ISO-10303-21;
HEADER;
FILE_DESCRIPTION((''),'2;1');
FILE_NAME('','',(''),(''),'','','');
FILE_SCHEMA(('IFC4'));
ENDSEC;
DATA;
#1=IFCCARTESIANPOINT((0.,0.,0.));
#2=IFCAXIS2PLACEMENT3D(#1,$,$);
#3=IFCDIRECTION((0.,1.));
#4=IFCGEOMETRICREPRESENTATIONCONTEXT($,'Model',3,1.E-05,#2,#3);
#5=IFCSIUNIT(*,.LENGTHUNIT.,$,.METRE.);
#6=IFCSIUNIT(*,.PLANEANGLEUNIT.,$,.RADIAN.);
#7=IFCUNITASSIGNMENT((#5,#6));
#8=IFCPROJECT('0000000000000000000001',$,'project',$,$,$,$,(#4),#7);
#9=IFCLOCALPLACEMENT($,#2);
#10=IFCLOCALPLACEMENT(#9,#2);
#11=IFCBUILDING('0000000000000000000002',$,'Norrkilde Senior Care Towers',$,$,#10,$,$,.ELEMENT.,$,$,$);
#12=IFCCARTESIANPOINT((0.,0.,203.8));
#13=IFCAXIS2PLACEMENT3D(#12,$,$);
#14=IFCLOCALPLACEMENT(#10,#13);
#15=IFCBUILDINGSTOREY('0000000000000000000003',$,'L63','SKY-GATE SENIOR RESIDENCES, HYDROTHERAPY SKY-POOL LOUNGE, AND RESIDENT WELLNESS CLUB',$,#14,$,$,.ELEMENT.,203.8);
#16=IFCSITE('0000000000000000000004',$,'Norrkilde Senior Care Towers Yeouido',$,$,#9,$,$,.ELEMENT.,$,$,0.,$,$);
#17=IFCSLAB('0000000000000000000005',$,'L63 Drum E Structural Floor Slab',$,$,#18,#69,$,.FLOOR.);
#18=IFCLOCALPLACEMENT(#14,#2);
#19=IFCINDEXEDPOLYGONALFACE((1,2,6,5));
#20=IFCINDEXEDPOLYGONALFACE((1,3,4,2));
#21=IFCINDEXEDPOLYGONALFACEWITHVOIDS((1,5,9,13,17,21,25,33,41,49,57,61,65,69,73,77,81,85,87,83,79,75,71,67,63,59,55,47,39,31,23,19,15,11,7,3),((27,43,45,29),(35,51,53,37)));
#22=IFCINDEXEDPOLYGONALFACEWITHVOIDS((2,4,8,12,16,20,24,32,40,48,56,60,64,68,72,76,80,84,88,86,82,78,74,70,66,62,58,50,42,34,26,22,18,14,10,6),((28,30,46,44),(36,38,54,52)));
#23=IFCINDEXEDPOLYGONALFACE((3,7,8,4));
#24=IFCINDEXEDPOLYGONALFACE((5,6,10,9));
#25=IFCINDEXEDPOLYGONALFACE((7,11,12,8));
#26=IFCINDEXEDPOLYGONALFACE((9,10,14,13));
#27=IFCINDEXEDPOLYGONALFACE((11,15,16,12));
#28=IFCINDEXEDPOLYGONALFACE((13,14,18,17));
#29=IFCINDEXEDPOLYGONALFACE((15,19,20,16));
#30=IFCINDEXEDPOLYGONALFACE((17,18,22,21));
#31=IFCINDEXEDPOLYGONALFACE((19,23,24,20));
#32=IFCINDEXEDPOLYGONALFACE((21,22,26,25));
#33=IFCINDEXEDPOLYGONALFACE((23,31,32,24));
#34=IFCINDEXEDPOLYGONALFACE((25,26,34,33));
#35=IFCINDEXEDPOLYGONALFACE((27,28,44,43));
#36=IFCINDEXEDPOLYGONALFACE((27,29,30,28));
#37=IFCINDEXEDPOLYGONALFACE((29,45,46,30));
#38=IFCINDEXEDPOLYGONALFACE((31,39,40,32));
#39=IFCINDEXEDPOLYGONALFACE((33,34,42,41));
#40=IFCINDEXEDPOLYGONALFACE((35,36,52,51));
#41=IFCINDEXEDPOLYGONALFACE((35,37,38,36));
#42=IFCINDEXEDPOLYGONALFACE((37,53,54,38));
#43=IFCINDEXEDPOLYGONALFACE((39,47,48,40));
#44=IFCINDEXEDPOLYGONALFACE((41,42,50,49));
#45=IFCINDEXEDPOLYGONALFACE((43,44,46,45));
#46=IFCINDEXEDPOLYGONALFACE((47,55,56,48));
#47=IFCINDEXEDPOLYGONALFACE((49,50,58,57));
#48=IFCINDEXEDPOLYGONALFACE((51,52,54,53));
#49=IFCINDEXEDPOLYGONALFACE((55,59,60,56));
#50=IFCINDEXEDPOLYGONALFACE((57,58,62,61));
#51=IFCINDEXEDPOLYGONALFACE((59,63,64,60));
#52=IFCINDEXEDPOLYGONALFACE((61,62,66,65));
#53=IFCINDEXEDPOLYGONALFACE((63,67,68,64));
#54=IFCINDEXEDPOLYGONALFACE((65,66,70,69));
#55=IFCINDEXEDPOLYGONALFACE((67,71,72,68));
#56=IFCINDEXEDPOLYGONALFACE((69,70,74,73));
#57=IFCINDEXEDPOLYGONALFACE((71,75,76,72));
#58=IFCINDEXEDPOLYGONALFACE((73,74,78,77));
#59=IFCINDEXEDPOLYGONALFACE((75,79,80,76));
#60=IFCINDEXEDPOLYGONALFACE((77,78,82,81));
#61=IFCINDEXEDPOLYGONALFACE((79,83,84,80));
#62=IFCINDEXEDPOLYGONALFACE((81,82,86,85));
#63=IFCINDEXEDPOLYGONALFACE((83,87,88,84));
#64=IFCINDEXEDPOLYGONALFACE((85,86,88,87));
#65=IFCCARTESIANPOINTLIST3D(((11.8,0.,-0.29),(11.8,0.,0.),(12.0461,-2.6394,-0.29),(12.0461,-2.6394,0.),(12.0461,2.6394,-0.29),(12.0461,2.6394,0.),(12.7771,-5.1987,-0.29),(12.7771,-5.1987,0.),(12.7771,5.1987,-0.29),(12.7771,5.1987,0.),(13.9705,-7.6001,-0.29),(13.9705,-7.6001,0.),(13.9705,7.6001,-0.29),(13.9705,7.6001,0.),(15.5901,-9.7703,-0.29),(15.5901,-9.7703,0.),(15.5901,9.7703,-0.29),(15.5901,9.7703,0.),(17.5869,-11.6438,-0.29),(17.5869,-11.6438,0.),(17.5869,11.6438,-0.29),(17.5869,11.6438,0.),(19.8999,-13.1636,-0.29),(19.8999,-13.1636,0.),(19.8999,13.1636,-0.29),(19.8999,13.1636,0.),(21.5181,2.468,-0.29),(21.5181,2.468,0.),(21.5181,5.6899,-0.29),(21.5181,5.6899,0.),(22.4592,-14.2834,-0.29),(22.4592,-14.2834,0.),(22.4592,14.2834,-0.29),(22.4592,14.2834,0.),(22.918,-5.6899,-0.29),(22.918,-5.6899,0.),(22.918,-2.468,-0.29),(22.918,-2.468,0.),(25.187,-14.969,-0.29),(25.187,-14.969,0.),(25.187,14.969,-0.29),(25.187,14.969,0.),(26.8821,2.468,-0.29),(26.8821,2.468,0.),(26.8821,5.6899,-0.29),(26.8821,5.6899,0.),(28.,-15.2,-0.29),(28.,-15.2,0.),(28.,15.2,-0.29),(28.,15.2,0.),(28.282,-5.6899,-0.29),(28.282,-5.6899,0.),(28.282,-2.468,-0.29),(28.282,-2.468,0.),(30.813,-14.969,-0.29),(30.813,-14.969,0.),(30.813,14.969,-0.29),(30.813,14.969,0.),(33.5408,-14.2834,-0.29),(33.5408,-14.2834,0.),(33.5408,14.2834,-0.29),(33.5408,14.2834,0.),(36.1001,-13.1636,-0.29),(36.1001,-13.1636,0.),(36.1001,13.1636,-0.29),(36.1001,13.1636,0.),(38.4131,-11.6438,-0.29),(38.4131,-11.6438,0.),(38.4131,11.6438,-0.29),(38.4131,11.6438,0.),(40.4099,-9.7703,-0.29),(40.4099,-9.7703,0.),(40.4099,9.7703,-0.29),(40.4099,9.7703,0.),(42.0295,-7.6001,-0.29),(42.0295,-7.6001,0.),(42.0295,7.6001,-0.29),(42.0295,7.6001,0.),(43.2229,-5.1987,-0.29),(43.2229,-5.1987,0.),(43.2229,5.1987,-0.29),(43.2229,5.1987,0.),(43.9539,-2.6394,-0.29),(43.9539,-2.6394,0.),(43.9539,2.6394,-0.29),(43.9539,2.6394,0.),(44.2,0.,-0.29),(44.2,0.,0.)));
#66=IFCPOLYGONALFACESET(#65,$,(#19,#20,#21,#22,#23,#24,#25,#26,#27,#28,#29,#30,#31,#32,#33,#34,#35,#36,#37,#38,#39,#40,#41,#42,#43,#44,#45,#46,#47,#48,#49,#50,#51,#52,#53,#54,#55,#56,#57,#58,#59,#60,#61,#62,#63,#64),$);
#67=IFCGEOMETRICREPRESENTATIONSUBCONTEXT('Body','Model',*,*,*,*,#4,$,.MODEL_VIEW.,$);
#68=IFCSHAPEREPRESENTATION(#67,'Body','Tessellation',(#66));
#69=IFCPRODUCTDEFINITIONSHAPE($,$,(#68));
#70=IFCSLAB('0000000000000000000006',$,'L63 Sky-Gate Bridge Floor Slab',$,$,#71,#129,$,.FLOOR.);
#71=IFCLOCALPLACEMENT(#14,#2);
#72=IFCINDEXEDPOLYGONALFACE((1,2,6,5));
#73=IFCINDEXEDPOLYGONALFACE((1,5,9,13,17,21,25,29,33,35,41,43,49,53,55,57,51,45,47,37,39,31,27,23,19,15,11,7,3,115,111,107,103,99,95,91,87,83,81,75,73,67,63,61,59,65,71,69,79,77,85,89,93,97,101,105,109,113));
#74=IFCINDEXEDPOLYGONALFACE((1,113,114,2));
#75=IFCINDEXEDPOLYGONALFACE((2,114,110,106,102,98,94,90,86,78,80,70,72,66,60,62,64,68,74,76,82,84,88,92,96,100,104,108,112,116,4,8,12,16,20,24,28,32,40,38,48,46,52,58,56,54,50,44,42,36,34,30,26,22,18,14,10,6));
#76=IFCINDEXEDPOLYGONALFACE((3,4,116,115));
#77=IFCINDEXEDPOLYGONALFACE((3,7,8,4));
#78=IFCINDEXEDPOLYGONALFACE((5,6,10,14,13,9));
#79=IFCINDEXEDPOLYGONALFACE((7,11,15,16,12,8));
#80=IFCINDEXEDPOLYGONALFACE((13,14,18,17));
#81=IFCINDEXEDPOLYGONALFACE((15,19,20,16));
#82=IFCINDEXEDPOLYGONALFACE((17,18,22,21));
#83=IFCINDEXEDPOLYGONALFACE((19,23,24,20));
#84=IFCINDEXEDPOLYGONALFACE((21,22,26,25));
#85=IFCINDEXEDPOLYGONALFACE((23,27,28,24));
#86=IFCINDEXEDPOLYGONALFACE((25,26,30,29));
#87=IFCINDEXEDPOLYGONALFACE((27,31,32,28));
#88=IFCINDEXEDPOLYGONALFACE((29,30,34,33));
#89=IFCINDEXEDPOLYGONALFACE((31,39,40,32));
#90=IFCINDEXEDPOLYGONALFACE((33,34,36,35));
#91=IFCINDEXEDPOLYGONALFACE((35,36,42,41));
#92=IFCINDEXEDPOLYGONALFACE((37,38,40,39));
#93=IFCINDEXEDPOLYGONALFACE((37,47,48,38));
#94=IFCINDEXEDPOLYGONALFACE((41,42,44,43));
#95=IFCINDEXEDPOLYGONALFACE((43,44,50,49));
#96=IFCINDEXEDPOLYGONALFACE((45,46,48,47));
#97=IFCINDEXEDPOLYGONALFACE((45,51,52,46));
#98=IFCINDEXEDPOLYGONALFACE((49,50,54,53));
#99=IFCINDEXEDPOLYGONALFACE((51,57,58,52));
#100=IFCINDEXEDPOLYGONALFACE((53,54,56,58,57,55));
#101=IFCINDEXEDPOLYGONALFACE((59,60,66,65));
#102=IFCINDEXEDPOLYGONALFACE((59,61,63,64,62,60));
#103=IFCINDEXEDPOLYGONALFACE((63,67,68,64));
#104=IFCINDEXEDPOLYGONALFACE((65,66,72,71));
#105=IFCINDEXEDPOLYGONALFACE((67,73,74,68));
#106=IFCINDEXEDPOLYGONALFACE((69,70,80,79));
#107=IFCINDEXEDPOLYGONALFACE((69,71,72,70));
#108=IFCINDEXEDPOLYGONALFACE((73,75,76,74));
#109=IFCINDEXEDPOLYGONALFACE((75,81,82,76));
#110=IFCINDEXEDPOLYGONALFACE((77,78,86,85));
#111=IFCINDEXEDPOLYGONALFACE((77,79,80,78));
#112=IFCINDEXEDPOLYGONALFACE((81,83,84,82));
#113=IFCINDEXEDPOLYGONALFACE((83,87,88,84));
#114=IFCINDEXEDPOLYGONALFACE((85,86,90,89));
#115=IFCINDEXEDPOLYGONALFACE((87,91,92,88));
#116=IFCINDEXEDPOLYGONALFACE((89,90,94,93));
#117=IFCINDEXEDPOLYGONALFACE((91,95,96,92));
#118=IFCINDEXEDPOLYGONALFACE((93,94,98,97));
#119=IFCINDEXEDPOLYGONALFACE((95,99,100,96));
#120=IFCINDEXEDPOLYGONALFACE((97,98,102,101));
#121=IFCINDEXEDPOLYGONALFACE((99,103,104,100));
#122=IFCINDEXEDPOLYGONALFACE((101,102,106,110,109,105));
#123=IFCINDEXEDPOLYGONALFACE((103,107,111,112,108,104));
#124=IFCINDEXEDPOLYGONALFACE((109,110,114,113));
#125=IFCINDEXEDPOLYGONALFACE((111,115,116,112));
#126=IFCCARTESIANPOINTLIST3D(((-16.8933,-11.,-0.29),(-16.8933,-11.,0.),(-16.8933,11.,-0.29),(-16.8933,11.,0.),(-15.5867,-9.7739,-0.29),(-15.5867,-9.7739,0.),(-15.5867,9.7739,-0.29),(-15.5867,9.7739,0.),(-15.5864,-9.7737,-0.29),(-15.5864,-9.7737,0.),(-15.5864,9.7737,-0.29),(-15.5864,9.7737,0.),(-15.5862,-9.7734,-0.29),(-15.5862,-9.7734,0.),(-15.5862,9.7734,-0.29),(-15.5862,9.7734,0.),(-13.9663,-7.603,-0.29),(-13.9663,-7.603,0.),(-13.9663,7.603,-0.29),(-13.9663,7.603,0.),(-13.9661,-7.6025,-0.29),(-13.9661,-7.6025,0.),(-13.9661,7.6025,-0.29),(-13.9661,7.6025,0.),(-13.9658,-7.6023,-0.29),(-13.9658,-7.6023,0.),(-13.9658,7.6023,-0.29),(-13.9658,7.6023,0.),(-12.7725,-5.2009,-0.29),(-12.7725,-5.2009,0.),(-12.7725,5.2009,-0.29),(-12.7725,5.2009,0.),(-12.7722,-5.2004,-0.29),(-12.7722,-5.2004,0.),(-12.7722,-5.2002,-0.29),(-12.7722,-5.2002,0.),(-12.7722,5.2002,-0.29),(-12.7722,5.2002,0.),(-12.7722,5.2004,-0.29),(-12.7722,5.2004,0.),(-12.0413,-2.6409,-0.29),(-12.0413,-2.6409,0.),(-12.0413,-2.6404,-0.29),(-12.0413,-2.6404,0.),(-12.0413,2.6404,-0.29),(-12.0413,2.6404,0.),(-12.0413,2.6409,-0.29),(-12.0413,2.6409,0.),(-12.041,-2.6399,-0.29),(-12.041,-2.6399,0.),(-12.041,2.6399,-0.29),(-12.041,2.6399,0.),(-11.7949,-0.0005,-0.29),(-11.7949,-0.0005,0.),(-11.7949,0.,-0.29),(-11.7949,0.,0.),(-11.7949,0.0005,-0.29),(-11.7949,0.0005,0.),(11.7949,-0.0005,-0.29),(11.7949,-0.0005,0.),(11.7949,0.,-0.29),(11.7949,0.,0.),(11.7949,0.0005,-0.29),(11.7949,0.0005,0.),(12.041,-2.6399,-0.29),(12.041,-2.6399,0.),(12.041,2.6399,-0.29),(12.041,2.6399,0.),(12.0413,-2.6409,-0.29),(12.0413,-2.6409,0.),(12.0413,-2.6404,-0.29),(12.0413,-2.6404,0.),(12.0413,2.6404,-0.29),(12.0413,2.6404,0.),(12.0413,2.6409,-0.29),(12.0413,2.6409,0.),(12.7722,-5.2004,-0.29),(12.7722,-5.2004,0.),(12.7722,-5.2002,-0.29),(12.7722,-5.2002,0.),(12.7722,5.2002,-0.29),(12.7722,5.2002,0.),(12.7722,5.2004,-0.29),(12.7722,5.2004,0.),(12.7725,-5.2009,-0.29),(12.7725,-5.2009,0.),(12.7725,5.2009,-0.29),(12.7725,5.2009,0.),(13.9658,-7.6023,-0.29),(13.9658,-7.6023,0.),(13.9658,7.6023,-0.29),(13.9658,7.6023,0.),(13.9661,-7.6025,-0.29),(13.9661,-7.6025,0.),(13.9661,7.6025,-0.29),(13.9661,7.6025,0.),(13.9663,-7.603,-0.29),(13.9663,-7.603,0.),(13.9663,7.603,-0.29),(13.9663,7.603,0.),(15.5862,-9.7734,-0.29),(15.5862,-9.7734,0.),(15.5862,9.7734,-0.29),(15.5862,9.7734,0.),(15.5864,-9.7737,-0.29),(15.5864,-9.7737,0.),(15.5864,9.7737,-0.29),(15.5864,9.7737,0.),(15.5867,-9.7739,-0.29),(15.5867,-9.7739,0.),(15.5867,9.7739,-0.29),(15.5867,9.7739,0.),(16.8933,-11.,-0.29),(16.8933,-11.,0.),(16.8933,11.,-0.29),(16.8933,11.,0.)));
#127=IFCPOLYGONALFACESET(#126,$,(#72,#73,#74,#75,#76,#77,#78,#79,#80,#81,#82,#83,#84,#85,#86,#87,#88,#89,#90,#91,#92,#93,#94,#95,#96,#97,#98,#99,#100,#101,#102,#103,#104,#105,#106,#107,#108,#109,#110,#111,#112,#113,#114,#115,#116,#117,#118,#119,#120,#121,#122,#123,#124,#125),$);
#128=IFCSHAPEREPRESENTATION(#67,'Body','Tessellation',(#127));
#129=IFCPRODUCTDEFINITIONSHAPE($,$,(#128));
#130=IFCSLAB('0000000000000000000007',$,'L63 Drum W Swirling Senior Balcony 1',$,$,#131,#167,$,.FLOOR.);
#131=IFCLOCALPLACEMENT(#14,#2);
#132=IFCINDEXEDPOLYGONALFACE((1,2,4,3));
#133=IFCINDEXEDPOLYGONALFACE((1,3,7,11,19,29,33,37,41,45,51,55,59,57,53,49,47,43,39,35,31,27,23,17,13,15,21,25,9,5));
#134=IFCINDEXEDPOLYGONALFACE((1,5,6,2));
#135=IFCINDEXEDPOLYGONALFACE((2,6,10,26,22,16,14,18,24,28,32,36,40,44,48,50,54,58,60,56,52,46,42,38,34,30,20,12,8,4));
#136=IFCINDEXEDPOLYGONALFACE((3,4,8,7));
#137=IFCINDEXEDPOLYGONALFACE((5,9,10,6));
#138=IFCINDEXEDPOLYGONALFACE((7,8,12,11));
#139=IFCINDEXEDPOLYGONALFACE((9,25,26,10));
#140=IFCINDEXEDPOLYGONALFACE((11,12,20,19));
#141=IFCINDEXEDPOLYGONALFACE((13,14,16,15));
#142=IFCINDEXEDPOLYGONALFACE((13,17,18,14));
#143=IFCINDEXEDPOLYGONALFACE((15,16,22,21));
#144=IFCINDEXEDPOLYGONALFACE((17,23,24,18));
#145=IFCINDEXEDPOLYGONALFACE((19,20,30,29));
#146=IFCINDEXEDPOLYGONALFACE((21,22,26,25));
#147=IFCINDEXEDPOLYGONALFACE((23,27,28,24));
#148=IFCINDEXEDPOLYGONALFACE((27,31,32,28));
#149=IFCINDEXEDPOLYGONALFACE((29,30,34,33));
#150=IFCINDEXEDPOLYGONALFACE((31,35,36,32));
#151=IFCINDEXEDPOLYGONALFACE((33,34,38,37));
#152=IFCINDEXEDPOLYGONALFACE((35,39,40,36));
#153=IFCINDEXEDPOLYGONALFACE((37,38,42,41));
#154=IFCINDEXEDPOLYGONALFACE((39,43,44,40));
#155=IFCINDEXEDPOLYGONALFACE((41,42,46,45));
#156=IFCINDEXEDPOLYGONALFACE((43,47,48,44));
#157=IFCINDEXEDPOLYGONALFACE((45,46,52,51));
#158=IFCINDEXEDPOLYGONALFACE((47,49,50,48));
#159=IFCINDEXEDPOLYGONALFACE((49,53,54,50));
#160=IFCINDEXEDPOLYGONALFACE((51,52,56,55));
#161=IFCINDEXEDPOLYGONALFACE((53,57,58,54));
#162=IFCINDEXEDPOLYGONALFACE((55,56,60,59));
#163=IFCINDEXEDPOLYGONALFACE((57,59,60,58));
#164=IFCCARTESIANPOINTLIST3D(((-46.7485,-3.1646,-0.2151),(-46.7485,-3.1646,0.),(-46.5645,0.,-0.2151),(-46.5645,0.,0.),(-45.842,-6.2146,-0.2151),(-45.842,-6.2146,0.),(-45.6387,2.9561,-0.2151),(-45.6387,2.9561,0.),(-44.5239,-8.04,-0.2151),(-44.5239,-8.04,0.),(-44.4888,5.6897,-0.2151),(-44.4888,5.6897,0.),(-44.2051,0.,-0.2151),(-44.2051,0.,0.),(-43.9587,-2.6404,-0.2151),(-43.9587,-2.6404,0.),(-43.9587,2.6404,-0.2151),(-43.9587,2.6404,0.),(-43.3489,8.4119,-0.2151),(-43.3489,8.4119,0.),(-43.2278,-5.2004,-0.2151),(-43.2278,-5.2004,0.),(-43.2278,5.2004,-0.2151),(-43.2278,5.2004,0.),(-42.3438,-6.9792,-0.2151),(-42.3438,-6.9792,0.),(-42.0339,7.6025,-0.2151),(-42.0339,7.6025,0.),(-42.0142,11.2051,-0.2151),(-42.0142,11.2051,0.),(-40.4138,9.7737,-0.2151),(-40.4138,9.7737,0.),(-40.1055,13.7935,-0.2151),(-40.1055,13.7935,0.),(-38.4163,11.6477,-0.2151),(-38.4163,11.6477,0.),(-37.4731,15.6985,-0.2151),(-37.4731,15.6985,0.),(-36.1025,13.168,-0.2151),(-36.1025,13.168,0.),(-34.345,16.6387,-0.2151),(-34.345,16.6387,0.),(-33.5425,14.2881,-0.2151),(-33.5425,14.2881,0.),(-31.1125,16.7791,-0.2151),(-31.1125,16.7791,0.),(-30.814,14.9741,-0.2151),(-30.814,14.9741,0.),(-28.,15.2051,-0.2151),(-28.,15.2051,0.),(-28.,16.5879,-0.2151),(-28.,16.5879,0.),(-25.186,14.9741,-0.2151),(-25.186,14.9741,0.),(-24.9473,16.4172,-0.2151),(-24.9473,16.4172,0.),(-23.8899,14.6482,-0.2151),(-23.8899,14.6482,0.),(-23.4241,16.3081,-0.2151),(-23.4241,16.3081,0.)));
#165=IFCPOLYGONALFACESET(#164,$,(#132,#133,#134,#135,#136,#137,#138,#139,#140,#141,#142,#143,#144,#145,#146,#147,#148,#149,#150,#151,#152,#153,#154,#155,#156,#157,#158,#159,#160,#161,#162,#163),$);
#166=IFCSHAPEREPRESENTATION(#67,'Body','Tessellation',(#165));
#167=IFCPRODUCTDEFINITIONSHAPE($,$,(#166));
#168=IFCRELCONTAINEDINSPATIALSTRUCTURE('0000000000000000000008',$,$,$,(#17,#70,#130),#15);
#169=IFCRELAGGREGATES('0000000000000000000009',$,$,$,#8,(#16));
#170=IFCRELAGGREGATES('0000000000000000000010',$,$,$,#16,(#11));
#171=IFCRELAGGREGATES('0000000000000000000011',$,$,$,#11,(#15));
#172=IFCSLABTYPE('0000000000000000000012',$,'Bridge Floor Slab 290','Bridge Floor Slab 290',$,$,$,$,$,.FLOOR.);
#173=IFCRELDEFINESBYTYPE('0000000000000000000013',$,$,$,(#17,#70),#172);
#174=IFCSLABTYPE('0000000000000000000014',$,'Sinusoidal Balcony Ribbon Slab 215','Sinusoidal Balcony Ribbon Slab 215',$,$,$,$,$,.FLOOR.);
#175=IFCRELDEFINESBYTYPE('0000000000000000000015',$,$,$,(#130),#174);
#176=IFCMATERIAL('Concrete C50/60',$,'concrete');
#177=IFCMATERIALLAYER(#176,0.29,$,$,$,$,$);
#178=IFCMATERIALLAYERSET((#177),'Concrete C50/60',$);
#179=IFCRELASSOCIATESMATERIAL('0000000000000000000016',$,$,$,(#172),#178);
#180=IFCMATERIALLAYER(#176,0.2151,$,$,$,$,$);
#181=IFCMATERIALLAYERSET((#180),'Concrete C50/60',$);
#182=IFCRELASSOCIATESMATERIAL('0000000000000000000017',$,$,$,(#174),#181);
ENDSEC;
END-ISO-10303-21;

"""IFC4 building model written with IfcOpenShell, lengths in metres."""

from ifc_helpers import new_model, si_unit, direction, frame, origin, place, context, subcontext, project, spatial, polyline, outline, extrude, material, layer, layer_set, type_object, element, save


model = new_model("IFC4")

# Units and contexts
model_context = context("Model", 3, precision=1e-05, world=origin(), true_north=direction((0.0, 1.0)))
body_context = subcontext(model_context, "Body", "Model", "MODEL_VIEW")
ifc_project = project(units=[si_unit("LENGTHUNIT", "METRE"), si_unit("PLANEANGLEUNIT", "RADIAN")], contexts=[model_context])

# Site, building, storey
site_placement = place(None, origin())
site = spatial("IfcSite", under=ifc_project, at=site_placement, Name="Norrkilde Senior Care Towers Yeouido", CompositionType="ELEMENT", RefElevation=0.0)
building_placement = place(site_placement, origin())
building = spatial("IfcBuilding", under=site, at=building_placement, Name="Norrkilde Senior Care Towers", CompositionType="ELEMENT")
storey_placement = place(building_placement, frame((0.0, 0.0, 203.8)))
storey = spatial("IfcBuildingStorey", under=building, at=storey_placement, Name="L63", Description="SKY-GATE SENIOR RESIDENCES, HYDROTHERAPY SKY-POOL LOUNGE, AND RESIDENT WELLNESS CLUB", CompositionType="ELEMENT", Elevation=203.8)

# Slabs
ifc_material_1 = material(Name="Concrete C50/60", Category="concrete")
ifc_layer_1 = layer(ifc_material_1, 0.29)
ifc_layer_set_1 = layer_set([ifc_layer_1], Name="Concrete C50/60")
slab_type_1 = type_object("IfcSlabType", Name="Bridge Floor Slab 290", Description="Bridge Floor Slab 290", PredefinedType="FLOOR", material=ifc_layer_set_1)
slab_1_placement = place(storey_placement, frame((0.0, 0.0, -0.29)))
element("IfcSlab", 1, at=slab_1_placement, inside=storey, type_object=slab_type_1, Name="L63 Drum E Structural Floor Slab", PredefinedType="FLOOR", context=body_context, shape_type="SweptSolid", body=[
    extrude(outline(polyline([(43.2229, -5.1987), (42.0295, -7.6001), (40.4099, -9.7703), (38.4131, -11.6438), (36.1001, -13.1636), (33.5408, -14.2834), (30.813, -14.969), (28.0, -15.2), (25.187, -14.969), (22.4592, -14.2834), (19.8999, -13.1636), (17.5869, -11.6438), (15.5901, -9.7703), (13.9705, -7.6001), (12.7771, -5.1987), (12.0461, -2.6394), (11.8, 0.0), (12.0461, 2.6394), (12.7771, 5.1987), (13.9705, 7.6001), (15.5901, 9.7703), (17.5869, 11.6438), (19.8999, 13.1636), (22.4592, 14.2834), (25.187, 14.969), (28.0, 15.2), (30.813, 14.969), (33.5408, 14.2834), (36.1001, 13.1636), (38.4131, 11.6438), (40.4099, 9.7703), (42.0295, 7.6001), (43.2229, 5.1987), (43.9539, 2.6394), (44.2, 0.0), (43.9539, -2.6394), (43.2229, -5.1987)]), holes=[polyline([(21.5181, 2.468), (26.8821, 2.468), (26.8821, 5.6899), (21.5181, 5.6899), (21.5181, 2.468)]), polyline([(28.282, -5.6899), (28.282, -2.468), (22.918, -2.468), (22.918, -5.6899), (28.282, -5.6899)])]), origin(), (0.0, 0.0, 1.0), 0.29),
])
slab_2_placement = place(storey_placement, frame((0.0, 0.0, -0.29)))
element("IfcSlab", 2, at=slab_2_placement, inside=storey, type_object=slab_type_1, Name="L63 Sky-Gate Bridge Floor Slab", PredefinedType="FLOOR", context=body_context, shape_type="SweptSolid", body=[
    extrude(outline(polyline([(16.8933, 11.0), (15.5867, 9.7739), (15.5864, 9.7737), (15.5862, 9.7734), (13.9663, 7.603), (13.9661, 7.6025), (13.9658, 7.6023), (12.7725, 5.2009), (12.7722, 5.2004), (12.7722, 5.2002), (12.0413, 2.6409), (12.0413, 2.6404), (12.041, 2.6399), (11.7949, 0.0005), (11.7949, 0.0), (11.7949, -0.0005), (12.041, -2.6399), (12.0413, -2.6404), (12.0413, -2.6409), (12.7722, -5.2002), (12.7722, -5.2004), (12.7725, -5.2009), (13.9658, -7.6023), (13.9661, -7.6025), (13.9663, -7.603), (15.5862, -9.7734), (15.5864, -9.7737), (15.5867, -9.7739), (16.8933, -11.0), (-16.8933, -11.0), (-15.5867, -9.7739), (-15.5864, -9.7737), (-15.5862, -9.7734), (-13.9663, -7.603), (-13.9661, -7.6025), (-13.9658, -7.6023), (-12.7725, -5.2009), (-12.7722, -5.2004), (-12.7722, -5.2002), (-12.0413, -2.6409), (-12.0413, -2.6404), (-12.041, -2.6399), (-11.7949, -0.0005), (-11.7949, 0.0), (-11.7949, 0.0005), (-12.041, 2.6399), (-12.0413, 2.6404), (-12.0413, 2.6409), (-12.7722, 5.2002), (-12.7722, 5.2004), (-12.7725, 5.2009), (-13.9658, 7.6023), (-13.9661, 7.6025), (-13.9663, 7.603), (-15.5862, 9.7734), (-15.5864, 9.7737), (-15.5867, 9.7739), (-16.8933, 11.0), (16.8933, 11.0)])), origin(), (0.0, 0.0, 1.0), 0.29),
])
ifc_layer_2 = layer(ifc_material_1, 0.2151)
ifc_layer_set_2 = layer_set([ifc_layer_2], Name="Concrete C50/60")
slab_type_2 = type_object("IfcSlabType", Name="Sinusoidal Balcony Ribbon Slab 215", Description="Sinusoidal Balcony Ribbon Slab 215", PredefinedType="FLOOR", material=ifc_layer_set_2)
slab_3_placement = place(storey_placement, frame((0.0, 0.0, -0.2151)))
element("IfcSlab", 3, at=slab_3_placement, inside=storey, type_object=slab_type_2, Name="L63 Drum W Swirling Senior Balcony 1", PredefinedType="FLOOR", context=body_context, shape_type="SweptSolid", body=[
    extrude(outline(polyline([(-46.5645, 0.0), (-45.6387, 2.9561), (-44.4888, 5.6897), (-43.3489, 8.4119), (-42.0142, 11.2051), (-40.1055, 13.7935), (-37.4731, 15.6985), (-34.345, 16.6387), (-31.1125, 16.7791), (-28.0, 16.5879), (-24.9473, 16.4172), (-23.4241, 16.3081), (-23.8899, 14.6482), (-25.186, 14.9741), (-28.0, 15.2051), (-30.814, 14.9741), (-33.5425, 14.2881), (-36.1025, 13.168), (-38.4163, 11.6477), (-40.4138, 9.7737), (-42.0339, 7.6025), (-43.2278, 5.2004), (-43.9587, 2.6404), (-44.2051, 0.0), (-43.9587, -2.6404), (-43.2278, -5.2004), (-42.3438, -6.9792), (-44.5239, -8.04), (-45.842, -6.2146), (-46.7485, -3.1646), (-46.5645, 0.0)])), origin(), (0.0, 0.0, 1.0), 0.2151),
])

save(model, "model.ifc")
